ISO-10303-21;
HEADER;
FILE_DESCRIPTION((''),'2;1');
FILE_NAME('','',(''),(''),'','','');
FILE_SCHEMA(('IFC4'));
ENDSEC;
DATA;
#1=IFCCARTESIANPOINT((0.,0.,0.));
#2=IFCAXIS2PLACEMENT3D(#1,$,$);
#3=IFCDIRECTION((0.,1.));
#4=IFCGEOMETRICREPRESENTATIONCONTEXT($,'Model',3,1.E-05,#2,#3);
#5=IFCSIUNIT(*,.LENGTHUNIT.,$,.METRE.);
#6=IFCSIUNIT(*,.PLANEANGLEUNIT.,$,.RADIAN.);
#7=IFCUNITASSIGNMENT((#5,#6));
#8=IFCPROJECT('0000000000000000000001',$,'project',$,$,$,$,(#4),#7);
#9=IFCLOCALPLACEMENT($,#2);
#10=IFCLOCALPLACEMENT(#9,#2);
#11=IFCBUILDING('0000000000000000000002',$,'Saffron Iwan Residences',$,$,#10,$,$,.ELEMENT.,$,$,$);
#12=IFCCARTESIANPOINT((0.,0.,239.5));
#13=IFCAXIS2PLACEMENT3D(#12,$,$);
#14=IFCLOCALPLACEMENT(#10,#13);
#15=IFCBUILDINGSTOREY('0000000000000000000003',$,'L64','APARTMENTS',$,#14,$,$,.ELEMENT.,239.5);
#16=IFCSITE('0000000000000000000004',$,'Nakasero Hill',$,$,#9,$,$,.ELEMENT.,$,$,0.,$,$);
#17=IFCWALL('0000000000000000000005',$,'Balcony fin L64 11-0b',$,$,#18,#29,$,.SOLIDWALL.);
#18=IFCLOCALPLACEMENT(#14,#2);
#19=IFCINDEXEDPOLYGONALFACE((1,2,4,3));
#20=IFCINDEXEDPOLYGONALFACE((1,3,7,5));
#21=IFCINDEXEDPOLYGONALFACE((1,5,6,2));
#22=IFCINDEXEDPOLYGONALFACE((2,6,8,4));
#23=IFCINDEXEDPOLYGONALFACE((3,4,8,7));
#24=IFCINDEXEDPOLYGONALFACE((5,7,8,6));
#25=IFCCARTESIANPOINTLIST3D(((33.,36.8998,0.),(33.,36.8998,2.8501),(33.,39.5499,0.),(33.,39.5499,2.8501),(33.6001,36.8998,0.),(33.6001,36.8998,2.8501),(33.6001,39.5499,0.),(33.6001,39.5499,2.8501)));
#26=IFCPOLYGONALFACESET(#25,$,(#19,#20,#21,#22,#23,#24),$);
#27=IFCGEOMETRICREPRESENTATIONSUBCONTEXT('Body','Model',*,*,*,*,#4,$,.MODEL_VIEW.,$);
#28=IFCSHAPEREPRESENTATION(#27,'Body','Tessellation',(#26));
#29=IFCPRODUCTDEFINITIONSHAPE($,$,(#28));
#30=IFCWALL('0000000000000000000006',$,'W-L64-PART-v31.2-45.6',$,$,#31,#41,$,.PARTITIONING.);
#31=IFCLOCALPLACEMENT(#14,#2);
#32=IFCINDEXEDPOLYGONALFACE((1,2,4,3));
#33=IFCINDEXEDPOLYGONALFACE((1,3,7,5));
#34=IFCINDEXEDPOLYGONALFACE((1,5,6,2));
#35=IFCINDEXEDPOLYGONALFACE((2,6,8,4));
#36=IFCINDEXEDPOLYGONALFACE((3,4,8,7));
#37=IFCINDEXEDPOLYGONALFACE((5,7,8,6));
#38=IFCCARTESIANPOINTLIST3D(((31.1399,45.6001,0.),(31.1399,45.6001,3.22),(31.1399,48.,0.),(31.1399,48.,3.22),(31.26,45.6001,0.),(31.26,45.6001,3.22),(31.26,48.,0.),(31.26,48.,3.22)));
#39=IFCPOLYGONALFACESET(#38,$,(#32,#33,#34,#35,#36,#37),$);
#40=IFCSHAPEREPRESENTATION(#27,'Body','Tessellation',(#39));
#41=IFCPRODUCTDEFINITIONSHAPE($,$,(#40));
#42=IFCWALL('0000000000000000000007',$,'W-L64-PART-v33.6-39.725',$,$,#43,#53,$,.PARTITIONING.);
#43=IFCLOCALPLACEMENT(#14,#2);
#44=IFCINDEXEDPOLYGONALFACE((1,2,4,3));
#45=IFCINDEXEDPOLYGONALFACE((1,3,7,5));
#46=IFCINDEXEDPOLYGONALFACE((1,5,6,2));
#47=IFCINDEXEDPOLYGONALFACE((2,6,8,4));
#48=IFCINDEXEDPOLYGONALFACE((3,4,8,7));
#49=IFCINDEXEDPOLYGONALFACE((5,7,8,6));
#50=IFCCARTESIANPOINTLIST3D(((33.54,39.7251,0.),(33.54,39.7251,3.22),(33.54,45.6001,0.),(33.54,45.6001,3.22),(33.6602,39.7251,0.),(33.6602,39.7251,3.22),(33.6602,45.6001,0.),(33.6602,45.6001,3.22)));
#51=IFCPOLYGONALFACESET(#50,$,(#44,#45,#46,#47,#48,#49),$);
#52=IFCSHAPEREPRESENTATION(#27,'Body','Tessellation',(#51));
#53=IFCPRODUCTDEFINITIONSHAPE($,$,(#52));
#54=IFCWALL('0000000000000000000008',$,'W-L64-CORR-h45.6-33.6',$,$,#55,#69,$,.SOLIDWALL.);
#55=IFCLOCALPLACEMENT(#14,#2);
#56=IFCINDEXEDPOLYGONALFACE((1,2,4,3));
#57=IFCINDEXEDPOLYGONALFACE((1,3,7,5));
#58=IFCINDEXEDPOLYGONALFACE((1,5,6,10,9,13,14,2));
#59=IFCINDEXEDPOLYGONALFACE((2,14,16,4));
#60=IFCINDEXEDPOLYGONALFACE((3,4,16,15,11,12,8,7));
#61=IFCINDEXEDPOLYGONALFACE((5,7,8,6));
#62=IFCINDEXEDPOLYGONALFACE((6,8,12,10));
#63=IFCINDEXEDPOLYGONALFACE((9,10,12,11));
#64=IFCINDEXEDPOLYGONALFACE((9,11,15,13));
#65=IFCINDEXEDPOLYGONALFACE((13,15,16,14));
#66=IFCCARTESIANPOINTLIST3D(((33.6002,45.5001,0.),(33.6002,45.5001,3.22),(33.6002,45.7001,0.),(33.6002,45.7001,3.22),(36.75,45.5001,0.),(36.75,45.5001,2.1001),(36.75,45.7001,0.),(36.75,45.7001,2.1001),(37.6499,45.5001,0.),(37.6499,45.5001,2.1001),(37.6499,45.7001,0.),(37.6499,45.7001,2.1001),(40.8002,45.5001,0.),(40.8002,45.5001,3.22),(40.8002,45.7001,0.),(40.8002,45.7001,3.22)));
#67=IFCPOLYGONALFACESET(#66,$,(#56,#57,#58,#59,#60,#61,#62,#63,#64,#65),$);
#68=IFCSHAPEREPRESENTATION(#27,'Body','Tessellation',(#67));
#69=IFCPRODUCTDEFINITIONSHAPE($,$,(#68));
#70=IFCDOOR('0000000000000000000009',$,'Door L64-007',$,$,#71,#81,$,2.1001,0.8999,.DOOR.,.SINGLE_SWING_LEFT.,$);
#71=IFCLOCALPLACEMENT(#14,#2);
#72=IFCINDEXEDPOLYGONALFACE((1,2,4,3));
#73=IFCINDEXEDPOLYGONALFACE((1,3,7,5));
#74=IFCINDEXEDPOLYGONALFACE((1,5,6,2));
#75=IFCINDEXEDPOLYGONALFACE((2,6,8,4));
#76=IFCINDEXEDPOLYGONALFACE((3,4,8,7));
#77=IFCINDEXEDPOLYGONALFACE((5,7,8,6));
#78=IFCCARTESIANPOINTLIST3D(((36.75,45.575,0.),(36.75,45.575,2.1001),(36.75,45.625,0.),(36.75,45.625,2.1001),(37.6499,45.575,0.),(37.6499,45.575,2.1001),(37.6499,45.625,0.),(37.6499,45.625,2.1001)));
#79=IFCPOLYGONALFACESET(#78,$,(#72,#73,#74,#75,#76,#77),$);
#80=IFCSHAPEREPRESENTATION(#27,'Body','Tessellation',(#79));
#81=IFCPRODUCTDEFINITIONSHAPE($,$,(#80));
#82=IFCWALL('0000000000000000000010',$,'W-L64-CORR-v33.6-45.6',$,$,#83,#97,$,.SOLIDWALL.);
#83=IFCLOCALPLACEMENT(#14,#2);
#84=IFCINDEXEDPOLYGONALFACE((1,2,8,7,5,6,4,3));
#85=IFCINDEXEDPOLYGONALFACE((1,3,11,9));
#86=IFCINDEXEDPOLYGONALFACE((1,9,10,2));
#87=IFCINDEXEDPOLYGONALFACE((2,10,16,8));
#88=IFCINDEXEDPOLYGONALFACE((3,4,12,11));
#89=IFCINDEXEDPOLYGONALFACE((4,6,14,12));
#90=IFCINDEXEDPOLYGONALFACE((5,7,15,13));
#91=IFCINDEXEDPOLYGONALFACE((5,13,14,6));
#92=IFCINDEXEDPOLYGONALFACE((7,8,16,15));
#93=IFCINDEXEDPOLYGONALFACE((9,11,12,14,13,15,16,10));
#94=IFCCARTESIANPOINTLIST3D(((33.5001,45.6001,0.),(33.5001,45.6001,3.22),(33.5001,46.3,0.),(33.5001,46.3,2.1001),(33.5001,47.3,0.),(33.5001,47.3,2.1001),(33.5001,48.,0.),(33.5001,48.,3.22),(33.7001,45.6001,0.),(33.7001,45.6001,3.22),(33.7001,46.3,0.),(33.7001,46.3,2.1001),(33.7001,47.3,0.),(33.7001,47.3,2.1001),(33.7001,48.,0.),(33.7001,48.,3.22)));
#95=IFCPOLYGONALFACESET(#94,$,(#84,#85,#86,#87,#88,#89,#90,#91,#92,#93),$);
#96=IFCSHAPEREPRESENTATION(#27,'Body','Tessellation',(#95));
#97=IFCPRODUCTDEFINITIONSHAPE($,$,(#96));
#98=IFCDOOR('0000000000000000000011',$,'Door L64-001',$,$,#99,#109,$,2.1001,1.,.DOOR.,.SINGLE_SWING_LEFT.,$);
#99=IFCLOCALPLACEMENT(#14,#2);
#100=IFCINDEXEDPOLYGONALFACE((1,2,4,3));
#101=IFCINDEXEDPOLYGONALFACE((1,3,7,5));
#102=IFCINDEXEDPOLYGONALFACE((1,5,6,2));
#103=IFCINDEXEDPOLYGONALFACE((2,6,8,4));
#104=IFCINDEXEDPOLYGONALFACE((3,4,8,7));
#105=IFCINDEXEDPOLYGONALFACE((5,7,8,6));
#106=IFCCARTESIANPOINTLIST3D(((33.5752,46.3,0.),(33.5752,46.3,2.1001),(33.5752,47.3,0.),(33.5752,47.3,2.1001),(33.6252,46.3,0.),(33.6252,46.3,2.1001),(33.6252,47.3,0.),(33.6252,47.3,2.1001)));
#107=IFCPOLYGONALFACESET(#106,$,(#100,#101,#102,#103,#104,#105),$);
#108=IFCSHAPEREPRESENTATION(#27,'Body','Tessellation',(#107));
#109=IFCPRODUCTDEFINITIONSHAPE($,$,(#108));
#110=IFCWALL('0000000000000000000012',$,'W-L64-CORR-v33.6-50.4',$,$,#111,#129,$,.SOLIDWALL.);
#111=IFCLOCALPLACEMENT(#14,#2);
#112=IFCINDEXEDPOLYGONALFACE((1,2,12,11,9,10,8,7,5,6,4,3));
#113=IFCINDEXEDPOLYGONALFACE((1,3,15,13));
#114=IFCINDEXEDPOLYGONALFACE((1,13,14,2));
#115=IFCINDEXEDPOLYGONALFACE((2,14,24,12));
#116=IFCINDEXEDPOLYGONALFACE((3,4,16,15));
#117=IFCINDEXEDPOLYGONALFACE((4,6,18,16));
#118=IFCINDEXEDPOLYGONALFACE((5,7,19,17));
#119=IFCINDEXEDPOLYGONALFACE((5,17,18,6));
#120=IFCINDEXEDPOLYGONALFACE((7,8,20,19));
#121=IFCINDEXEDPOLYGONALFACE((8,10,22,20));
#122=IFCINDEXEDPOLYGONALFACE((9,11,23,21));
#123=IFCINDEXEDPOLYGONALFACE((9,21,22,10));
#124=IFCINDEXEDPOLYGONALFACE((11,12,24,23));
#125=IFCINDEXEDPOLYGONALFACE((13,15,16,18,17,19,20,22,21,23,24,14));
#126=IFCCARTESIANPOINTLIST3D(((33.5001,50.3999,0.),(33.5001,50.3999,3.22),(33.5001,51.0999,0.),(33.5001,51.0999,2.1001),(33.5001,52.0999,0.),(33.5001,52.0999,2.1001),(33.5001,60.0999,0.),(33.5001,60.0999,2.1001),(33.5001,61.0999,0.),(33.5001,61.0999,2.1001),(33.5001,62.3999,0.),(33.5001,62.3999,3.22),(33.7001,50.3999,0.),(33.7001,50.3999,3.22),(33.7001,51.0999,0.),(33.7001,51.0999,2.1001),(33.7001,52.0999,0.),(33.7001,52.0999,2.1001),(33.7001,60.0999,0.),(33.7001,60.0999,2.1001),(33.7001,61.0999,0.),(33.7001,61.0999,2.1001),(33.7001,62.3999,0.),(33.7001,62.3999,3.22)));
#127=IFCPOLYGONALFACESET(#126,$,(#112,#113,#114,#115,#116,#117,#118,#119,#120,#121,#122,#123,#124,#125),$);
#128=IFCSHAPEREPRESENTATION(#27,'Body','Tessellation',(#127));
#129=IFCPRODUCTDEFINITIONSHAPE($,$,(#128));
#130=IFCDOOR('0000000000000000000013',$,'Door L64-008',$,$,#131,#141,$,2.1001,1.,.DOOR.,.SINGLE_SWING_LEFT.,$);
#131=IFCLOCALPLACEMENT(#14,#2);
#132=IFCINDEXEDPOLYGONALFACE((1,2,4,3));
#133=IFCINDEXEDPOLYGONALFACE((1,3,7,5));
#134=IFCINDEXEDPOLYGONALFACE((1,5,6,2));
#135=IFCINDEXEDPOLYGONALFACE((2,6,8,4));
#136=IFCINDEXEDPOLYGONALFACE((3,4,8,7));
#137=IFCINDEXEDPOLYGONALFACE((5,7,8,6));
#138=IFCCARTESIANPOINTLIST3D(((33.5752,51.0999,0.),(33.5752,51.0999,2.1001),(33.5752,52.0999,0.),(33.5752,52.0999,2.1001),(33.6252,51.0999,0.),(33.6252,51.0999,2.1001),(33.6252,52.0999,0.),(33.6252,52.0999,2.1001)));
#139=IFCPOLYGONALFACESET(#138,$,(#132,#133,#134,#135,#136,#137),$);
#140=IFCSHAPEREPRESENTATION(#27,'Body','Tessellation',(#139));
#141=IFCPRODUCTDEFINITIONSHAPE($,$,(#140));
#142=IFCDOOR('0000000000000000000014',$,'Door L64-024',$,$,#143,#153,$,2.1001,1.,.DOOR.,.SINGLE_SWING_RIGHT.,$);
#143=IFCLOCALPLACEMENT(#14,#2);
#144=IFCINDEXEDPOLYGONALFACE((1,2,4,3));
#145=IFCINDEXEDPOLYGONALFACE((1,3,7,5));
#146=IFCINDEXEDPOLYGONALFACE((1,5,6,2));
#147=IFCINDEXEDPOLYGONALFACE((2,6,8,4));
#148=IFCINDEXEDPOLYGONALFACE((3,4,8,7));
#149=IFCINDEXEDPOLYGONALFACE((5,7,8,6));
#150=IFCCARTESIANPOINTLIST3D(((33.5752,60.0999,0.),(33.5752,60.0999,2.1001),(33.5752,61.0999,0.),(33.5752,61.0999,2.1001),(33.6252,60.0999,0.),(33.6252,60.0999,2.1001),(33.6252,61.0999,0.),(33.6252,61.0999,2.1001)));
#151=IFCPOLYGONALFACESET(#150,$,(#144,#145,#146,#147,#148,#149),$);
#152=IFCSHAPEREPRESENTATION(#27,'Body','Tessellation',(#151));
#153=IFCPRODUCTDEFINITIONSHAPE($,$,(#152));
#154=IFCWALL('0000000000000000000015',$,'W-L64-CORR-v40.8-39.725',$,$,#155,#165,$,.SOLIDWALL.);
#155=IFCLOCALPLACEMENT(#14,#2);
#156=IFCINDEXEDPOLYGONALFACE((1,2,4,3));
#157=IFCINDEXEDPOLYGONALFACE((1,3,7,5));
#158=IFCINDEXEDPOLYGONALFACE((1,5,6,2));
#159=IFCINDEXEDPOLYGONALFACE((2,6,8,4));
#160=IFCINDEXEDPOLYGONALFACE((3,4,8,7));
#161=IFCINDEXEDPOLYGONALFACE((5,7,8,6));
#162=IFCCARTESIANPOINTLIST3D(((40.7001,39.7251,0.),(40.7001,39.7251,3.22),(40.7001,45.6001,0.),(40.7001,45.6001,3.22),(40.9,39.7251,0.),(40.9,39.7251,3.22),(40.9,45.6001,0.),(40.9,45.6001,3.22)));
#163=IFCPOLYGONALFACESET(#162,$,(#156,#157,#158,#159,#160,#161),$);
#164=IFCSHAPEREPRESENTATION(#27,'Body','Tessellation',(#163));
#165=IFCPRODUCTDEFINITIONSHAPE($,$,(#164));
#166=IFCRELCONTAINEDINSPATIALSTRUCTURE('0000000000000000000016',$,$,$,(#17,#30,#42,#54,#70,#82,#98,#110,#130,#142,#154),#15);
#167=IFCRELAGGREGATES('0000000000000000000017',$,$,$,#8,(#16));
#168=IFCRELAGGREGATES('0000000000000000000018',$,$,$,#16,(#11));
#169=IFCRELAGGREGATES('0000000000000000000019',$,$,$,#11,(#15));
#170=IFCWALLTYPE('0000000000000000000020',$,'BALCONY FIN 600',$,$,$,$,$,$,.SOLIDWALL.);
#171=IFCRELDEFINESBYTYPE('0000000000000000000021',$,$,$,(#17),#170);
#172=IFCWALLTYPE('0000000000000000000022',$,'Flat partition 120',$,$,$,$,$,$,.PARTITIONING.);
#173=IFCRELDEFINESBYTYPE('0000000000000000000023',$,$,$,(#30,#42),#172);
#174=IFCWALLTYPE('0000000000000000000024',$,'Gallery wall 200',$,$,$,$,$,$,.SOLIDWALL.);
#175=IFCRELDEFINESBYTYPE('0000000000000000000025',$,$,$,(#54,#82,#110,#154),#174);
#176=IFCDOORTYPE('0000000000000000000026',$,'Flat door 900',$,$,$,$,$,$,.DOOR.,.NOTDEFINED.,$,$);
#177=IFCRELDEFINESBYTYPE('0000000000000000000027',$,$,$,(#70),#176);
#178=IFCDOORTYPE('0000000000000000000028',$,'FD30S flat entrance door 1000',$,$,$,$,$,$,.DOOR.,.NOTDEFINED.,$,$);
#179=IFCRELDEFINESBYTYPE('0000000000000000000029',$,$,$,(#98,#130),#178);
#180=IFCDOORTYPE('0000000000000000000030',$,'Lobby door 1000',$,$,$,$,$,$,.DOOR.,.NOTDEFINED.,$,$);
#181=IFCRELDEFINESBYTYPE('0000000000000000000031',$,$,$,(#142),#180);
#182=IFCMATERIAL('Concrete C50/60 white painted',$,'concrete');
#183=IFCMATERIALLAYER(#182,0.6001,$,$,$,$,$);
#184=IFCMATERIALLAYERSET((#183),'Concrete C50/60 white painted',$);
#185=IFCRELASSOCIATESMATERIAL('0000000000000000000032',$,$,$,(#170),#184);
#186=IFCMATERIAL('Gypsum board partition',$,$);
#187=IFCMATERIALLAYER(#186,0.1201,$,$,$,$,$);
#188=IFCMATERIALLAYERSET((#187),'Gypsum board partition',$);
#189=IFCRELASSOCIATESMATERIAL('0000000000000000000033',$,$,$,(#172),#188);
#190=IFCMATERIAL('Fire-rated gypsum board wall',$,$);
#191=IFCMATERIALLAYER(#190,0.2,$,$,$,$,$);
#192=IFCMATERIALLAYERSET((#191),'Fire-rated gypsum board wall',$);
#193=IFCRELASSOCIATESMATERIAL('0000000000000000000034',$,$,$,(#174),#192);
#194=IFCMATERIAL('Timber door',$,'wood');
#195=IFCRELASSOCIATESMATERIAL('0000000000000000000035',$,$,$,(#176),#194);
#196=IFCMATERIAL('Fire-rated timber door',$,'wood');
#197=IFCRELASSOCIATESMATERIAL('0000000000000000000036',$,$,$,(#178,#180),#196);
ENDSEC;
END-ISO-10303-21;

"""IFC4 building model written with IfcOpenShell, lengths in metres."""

from ifc_helpers import new_model, si_unit, direction, frame, frame_2d, origin, place, context, subcontext, project, spatial, rectangle, extrude, material, layer, layer_set, type_object, element, fill, save


model = new_model("IFC4")

# Units and contexts
model_context = context("Model", 3, precision=1e-05, world=origin(), true_north=direction((0.0, 1.0)))
body_context = subcontext(model_context, "Body", "Model", "MODEL_VIEW")
ifc_project = project(units=[si_unit("LENGTHUNIT", "METRE"), si_unit("PLANEANGLEUNIT", "RADIAN")], contexts=[model_context])

# Site, building, storey
site_placement = place(None, origin())
site = spatial("IfcSite", under=ifc_project, at=site_placement, Name="Nakasero Hill", CompositionType="ELEMENT", RefElevation=0.0)
building_placement = place(site_placement, origin())
building = spatial("IfcBuilding", under=site, at=building_placement, Name="Saffron Iwan Residences", CompositionType="ELEMENT")
storey_placement = place(building_placement, frame((0.0, 0.0, 239.5)))
storey = spatial("IfcBuildingStorey", under=building, at=storey_placement, Name="L64", Description="APARTMENTS", CompositionType="ELEMENT", Elevation=239.5)

# Walls
ifc_material_1 = material(Name="Concrete C50/60 white painted", Category="concrete")
ifc_layer_1 = layer(ifc_material_1, 0.6001)
ifc_layer_set_1 = layer_set([ifc_layer_1], Name="Concrete C50/60 white painted")
wall_type_1 = type_object("IfcWallType", Name="BALCONY FIN 600", PredefinedType="SOLIDWALL", material=ifc_layer_set_1)
wall_1_placement = place(storey_placement, frame((33.3, 39.55, 0.0), z_axis=(0.0, 0.0, 1.0), x_axis=(0.0, -1.0, 0.0)))
element("IfcWall", 1, at=wall_1_placement, inside=storey, type_object=wall_type_1, Name="Balcony fin L64 11-0b", PredefinedType="SOLIDWALL", context=body_context, shape_type="SweptSolid", body=[
    extrude(rectangle(XDim=2.6501, YDim=0.6001, at=frame_2d((1.3252, 0.0))), origin(), (0.0, 0.0, 1.0), 2.8501),
])
ifc_material_2 = material(Name="Gypsum board partition")
ifc_layer_2 = layer(ifc_material_2, 0.1201)
ifc_layer_set_2 = layer_set([ifc_layer_2], Name="Gypsum board partition")
wall_type_2 = type_object("IfcWallType", Name="Flat partition 120", PredefinedType="PARTITIONING", material=ifc_layer_set_2)
wall_2_placement = place(storey_placement, frame((31.2, 45.6001, 0.0), z_axis=(0.0, 0.0, 1.0), x_axis=(0.0, 1.0, 0.0)))
element("IfcWall", 2, at=wall_2_placement, inside=storey, type_object=wall_type_2, Name="W-L64-PART-v31.2-45.6", PredefinedType="PARTITIONING", context=body_context, shape_type="SweptSolid", body=[
    extrude(rectangle(XDim=2.3999, YDim=0.1201, at=frame_2d((1.2, 0.0))), origin(), (0.0, 0.0, 1.0), 3.22),
])
wall_3_placement = place(storey_placement, frame((33.6001, 39.7251, 0.0), z_axis=(0.0, 0.0, 1.0), x_axis=(0.0, 1.0, 0.0)))
element("IfcWall", 3, at=wall_3_placement, inside=storey, type_object=wall_type_2, Name="W-L64-PART-v33.6-39.725", PredefinedType="PARTITIONING", context=body_context, shape_type="SweptSolid", body=[
    extrude(rectangle(XDim=5.875, YDim=0.1201, at=frame_2d((2.9375, 0.0))), origin(), (0.0, 0.0, 1.0), 3.22),
])

# Walls, openings, doors
ifc_material_3 = material(Name="Fire-rated gypsum board wall")
ifc_layer_3 = layer(ifc_material_3, 0.2)
ifc_layer_set_3 = layer_set([ifc_layer_3], Name="Fire-rated gypsum board wall")
wall_type_3 = type_object("IfcWallType", Name="Gallery wall 200", PredefinedType="SOLIDWALL", material=ifc_layer_set_3)
wall_4_placement = place(storey_placement, frame((33.6001, 45.6001, 0.0), z_axis=(0.0, 0.0, 1.0), x_axis=(1.0, 0.0, 0.0)))
wall_4 = element("IfcWall", 4, at=wall_4_placement, inside=storey, type_object=wall_type_3, Name="W-L64-CORR-h45.6-33.6", PredefinedType="SOLIDWALL", context=body_context, shape_type="SweptSolid", body=[
    extrude(rectangle(XDim=7.2, YDim=0.2, at=frame_2d((3.6001, 0.0))), origin(), (0.0, 0.0, 1.0), 3.22),
])
opening_1_placement = place(wall_4_placement, frame((3.1499, 0.0, 0.0)))
opening_1 = element("IfcOpeningElement", 5, at=opening_1_placement, cuts=wall_4, PredefinedType="OPENING", context=body_context, shape_type="SweptSolid", body=[
    extrude(rectangle(XDim=0.8999, YDim=2.1001, at=frame_2d((0.45, 1.05))), frame((0.0, 0.1099, 0.0), z_axis=(0.0, -1.0, 0.0), x_axis=(1.0, 0.0, 0.0)), (0.0, 0.0, 1.0), 0.22),
])
ifc_material_4 = material(Name="Timber door", Category="wood")
door_type_1 = type_object("IfcDoorType", Name="Flat door 900", OperationType="NOTDEFINED", PredefinedType="DOOR", material=ifc_material_4)
door_1_placement = place(opening_1_placement, origin())
door_1 = element("IfcDoor", 6, at=door_1_placement, inside=storey, type_object=door_type_1, Name="Door L64-007", OperationType="SINGLE_SWING_LEFT", OverallHeight=2.1001, OverallWidth=0.8999, PredefinedType="DOOR", context=body_context, shape_type="SweptSolid", body=[
    extrude(rectangle(XDim=0.8999, YDim=2.1001, at=frame_2d((0.45, 1.05))), frame((0.0, 0.0249, 0.0), z_axis=(0.0, -1.0, 0.0), x_axis=(1.0, 0.0, 0.0)), (0.0, 0.0, 1.0), 0.05),
])
fill(opening_1, door_1)
wall_5_placement = place(storey_placement, frame((33.6001, 45.6001, 0.0), z_axis=(0.0, 0.0, 1.0), x_axis=(0.0, 1.0, 0.0)))
wall_5 = element("IfcWall", 7, at=wall_5_placement, inside=storey, type_object=wall_type_3, Name="W-L64-CORR-v33.6-45.6", PredefinedType="SOLIDWALL", context=body_context, shape_type="SweptSolid", body=[
    extrude(rectangle(XDim=2.3999, YDim=0.2, at=frame_2d((1.2, 0.0))), origin(), (0.0, 0.0, 1.0), 3.22),
])
opening_2_placement = place(wall_5_placement, frame((0.7, 0.0, 0.0)))
opening_2 = element("IfcOpeningElement", 8, at=opening_2_placement, cuts=wall_5, PredefinedType="OPENING", context=body_context, shape_type="SweptSolid", body=[
    extrude(rectangle(XDim=1.0, YDim=2.1001, at=frame_2d((0.5, 1.05))), frame((0.0, 0.1099, 0.0), z_axis=(0.0, -1.0, 0.0), x_axis=(1.0, 0.0, 0.0)), (0.0, 0.0, 1.0), 0.22),
])
ifc_material_5 = material(Name="Fire-rated timber door", Category="wood")
door_type_2 = type_object("IfcDoorType", Name="FD30S flat entrance door 1000", OperationType="NOTDEFINED", PredefinedType="DOOR", material=ifc_material_5)
door_2_placement = place(opening_2_placement, origin())
door_2 = element("IfcDoor", 9, at=door_2_placement, inside=storey, type_object=door_type_2, Name="Door L64-001", OperationType="SINGLE_SWING_LEFT", OverallHeight=2.1001, OverallWidth=1.0, PredefinedType="DOOR", context=body_context, shape_type="SweptSolid", body=[
    extrude(rectangle(XDim=1.0, YDim=2.1001, at=frame_2d((0.5, 1.05))), frame((0.0, 0.0249, 0.0), z_axis=(0.0, -1.0, 0.0), x_axis=(1.0, 0.0, 0.0)), (0.0, 0.0, 1.0), 0.05),
])
fill(opening_2, door_2)

# Wall, openings, doors
wall_6_placement = place(storey_placement, frame((33.6001, 50.3999, 0.0), z_axis=(0.0, 0.0, 1.0), x_axis=(0.0, 1.0, 0.0)))
wall_6 = element("IfcWall", 10, at=wall_6_placement, inside=storey, type_object=wall_type_3, Name="W-L64-CORR-v33.6-50.4", PredefinedType="SOLIDWALL", context=body_context, shape_type="SweptSolid", body=[
    extrude(rectangle(XDim=12.0, YDim=0.2, at=frame_2d((6.0, 0.0))), origin(), (0.0, 0.0, 1.0), 3.22),
])
opening_3_placement = place(wall_6_placement, frame((0.7, 0.0, 0.0)))
opening_3 = element("IfcOpeningElement", 11, at=opening_3_placement, cuts=wall_6, PredefinedType="OPENING", context=body_context, shape_type="SweptSolid", body=[
    extrude(rectangle(XDim=1.0, YDim=2.1001, at=frame_2d((0.5, 1.05))), frame((0.0, 0.1099, 0.0), z_axis=(0.0, -1.0, 0.0), x_axis=(1.0, 0.0, 0.0)), (0.0, 0.0, 1.0), 0.22),
])
opening_4_placement = place(wall_6_placement, frame((9.7, 0.0, 0.0)))
opening_4 = element("IfcOpeningElement", 12, at=opening_4_placement, cuts=wall_6, PredefinedType="OPENING", context=body_context, shape_type="SweptSolid", body=[
    extrude(rectangle(XDim=1.0, YDim=2.1001, at=frame_2d((0.5, 1.05))), frame((0.0, 0.1099, 0.0), z_axis=(0.0, -1.0, 0.0), x_axis=(1.0, 0.0, 0.0)), (0.0, 0.0, 1.0), 0.22),
])
door_3_placement = place(opening_3_placement, origin())
door_3 = element("IfcDoor", 13, at=door_3_placement, inside=storey, type_object=door_type_2, Name="Door L64-008", OperationType="SINGLE_SWING_LEFT", OverallHeight=2.1001, OverallWidth=1.0, PredefinedType="DOOR", context=body_context, shape_type="SweptSolid", body=[
    extrude(rectangle(XDim=1.0, YDim=2.1001, at=frame_2d((0.5, 1.05))), frame((0.0, 0.0249, 0.0), z_axis=(0.0, -1.0, 0.0), x_axis=(1.0, 0.0, 0.0)), (0.0, 0.0, 1.0), 0.05),
])
fill(opening_3, door_3)
door_type_3 = type_object("IfcDoorType", Name="Lobby door 1000", OperationType="NOTDEFINED", PredefinedType="DOOR", material=ifc_material_5)
door_4_placement = place(opening_4_placement, origin())
door_4 = element("IfcDoor", 14, at=door_4_placement, inside=storey, type_object=door_type_3, Name="Door L64-024", OperationType="SINGLE_SWING_RIGHT", OverallHeight=2.1001, OverallWidth=1.0, PredefinedType="DOOR", context=body_context, shape_type="SweptSolid", body=[
    extrude(rectangle(XDim=1.0, YDim=2.1001, at=frame_2d((0.5, 1.05))), frame((0.0, 0.0249, 0.0), z_axis=(0.0, -1.0, 0.0), x_axis=(1.0, 0.0, 0.0)), (0.0, 0.0, 1.0), 0.05),
])
fill(opening_4, door_4)

# Wall
wall_7_placement = place(storey_placement, frame((40.8, 39.7251, 0.0), z_axis=(0.0, 0.0, 1.0), x_axis=(0.0, 1.0, 0.0)))
element("IfcWall", 15, at=wall_7_placement, inside=storey, type_object=wall_type_3, Name="W-L64-CORR-v40.8-39.725", PredefinedType="SOLIDWALL", context=body_context, shape_type="SweptSolid", body=[
    extrude(rectangle(XDim=5.875, YDim=0.2, at=frame_2d((2.9375, 0.0))), origin(), (0.0, 0.0, 1.0), 3.22),
])

save(model, "model.ifc")
